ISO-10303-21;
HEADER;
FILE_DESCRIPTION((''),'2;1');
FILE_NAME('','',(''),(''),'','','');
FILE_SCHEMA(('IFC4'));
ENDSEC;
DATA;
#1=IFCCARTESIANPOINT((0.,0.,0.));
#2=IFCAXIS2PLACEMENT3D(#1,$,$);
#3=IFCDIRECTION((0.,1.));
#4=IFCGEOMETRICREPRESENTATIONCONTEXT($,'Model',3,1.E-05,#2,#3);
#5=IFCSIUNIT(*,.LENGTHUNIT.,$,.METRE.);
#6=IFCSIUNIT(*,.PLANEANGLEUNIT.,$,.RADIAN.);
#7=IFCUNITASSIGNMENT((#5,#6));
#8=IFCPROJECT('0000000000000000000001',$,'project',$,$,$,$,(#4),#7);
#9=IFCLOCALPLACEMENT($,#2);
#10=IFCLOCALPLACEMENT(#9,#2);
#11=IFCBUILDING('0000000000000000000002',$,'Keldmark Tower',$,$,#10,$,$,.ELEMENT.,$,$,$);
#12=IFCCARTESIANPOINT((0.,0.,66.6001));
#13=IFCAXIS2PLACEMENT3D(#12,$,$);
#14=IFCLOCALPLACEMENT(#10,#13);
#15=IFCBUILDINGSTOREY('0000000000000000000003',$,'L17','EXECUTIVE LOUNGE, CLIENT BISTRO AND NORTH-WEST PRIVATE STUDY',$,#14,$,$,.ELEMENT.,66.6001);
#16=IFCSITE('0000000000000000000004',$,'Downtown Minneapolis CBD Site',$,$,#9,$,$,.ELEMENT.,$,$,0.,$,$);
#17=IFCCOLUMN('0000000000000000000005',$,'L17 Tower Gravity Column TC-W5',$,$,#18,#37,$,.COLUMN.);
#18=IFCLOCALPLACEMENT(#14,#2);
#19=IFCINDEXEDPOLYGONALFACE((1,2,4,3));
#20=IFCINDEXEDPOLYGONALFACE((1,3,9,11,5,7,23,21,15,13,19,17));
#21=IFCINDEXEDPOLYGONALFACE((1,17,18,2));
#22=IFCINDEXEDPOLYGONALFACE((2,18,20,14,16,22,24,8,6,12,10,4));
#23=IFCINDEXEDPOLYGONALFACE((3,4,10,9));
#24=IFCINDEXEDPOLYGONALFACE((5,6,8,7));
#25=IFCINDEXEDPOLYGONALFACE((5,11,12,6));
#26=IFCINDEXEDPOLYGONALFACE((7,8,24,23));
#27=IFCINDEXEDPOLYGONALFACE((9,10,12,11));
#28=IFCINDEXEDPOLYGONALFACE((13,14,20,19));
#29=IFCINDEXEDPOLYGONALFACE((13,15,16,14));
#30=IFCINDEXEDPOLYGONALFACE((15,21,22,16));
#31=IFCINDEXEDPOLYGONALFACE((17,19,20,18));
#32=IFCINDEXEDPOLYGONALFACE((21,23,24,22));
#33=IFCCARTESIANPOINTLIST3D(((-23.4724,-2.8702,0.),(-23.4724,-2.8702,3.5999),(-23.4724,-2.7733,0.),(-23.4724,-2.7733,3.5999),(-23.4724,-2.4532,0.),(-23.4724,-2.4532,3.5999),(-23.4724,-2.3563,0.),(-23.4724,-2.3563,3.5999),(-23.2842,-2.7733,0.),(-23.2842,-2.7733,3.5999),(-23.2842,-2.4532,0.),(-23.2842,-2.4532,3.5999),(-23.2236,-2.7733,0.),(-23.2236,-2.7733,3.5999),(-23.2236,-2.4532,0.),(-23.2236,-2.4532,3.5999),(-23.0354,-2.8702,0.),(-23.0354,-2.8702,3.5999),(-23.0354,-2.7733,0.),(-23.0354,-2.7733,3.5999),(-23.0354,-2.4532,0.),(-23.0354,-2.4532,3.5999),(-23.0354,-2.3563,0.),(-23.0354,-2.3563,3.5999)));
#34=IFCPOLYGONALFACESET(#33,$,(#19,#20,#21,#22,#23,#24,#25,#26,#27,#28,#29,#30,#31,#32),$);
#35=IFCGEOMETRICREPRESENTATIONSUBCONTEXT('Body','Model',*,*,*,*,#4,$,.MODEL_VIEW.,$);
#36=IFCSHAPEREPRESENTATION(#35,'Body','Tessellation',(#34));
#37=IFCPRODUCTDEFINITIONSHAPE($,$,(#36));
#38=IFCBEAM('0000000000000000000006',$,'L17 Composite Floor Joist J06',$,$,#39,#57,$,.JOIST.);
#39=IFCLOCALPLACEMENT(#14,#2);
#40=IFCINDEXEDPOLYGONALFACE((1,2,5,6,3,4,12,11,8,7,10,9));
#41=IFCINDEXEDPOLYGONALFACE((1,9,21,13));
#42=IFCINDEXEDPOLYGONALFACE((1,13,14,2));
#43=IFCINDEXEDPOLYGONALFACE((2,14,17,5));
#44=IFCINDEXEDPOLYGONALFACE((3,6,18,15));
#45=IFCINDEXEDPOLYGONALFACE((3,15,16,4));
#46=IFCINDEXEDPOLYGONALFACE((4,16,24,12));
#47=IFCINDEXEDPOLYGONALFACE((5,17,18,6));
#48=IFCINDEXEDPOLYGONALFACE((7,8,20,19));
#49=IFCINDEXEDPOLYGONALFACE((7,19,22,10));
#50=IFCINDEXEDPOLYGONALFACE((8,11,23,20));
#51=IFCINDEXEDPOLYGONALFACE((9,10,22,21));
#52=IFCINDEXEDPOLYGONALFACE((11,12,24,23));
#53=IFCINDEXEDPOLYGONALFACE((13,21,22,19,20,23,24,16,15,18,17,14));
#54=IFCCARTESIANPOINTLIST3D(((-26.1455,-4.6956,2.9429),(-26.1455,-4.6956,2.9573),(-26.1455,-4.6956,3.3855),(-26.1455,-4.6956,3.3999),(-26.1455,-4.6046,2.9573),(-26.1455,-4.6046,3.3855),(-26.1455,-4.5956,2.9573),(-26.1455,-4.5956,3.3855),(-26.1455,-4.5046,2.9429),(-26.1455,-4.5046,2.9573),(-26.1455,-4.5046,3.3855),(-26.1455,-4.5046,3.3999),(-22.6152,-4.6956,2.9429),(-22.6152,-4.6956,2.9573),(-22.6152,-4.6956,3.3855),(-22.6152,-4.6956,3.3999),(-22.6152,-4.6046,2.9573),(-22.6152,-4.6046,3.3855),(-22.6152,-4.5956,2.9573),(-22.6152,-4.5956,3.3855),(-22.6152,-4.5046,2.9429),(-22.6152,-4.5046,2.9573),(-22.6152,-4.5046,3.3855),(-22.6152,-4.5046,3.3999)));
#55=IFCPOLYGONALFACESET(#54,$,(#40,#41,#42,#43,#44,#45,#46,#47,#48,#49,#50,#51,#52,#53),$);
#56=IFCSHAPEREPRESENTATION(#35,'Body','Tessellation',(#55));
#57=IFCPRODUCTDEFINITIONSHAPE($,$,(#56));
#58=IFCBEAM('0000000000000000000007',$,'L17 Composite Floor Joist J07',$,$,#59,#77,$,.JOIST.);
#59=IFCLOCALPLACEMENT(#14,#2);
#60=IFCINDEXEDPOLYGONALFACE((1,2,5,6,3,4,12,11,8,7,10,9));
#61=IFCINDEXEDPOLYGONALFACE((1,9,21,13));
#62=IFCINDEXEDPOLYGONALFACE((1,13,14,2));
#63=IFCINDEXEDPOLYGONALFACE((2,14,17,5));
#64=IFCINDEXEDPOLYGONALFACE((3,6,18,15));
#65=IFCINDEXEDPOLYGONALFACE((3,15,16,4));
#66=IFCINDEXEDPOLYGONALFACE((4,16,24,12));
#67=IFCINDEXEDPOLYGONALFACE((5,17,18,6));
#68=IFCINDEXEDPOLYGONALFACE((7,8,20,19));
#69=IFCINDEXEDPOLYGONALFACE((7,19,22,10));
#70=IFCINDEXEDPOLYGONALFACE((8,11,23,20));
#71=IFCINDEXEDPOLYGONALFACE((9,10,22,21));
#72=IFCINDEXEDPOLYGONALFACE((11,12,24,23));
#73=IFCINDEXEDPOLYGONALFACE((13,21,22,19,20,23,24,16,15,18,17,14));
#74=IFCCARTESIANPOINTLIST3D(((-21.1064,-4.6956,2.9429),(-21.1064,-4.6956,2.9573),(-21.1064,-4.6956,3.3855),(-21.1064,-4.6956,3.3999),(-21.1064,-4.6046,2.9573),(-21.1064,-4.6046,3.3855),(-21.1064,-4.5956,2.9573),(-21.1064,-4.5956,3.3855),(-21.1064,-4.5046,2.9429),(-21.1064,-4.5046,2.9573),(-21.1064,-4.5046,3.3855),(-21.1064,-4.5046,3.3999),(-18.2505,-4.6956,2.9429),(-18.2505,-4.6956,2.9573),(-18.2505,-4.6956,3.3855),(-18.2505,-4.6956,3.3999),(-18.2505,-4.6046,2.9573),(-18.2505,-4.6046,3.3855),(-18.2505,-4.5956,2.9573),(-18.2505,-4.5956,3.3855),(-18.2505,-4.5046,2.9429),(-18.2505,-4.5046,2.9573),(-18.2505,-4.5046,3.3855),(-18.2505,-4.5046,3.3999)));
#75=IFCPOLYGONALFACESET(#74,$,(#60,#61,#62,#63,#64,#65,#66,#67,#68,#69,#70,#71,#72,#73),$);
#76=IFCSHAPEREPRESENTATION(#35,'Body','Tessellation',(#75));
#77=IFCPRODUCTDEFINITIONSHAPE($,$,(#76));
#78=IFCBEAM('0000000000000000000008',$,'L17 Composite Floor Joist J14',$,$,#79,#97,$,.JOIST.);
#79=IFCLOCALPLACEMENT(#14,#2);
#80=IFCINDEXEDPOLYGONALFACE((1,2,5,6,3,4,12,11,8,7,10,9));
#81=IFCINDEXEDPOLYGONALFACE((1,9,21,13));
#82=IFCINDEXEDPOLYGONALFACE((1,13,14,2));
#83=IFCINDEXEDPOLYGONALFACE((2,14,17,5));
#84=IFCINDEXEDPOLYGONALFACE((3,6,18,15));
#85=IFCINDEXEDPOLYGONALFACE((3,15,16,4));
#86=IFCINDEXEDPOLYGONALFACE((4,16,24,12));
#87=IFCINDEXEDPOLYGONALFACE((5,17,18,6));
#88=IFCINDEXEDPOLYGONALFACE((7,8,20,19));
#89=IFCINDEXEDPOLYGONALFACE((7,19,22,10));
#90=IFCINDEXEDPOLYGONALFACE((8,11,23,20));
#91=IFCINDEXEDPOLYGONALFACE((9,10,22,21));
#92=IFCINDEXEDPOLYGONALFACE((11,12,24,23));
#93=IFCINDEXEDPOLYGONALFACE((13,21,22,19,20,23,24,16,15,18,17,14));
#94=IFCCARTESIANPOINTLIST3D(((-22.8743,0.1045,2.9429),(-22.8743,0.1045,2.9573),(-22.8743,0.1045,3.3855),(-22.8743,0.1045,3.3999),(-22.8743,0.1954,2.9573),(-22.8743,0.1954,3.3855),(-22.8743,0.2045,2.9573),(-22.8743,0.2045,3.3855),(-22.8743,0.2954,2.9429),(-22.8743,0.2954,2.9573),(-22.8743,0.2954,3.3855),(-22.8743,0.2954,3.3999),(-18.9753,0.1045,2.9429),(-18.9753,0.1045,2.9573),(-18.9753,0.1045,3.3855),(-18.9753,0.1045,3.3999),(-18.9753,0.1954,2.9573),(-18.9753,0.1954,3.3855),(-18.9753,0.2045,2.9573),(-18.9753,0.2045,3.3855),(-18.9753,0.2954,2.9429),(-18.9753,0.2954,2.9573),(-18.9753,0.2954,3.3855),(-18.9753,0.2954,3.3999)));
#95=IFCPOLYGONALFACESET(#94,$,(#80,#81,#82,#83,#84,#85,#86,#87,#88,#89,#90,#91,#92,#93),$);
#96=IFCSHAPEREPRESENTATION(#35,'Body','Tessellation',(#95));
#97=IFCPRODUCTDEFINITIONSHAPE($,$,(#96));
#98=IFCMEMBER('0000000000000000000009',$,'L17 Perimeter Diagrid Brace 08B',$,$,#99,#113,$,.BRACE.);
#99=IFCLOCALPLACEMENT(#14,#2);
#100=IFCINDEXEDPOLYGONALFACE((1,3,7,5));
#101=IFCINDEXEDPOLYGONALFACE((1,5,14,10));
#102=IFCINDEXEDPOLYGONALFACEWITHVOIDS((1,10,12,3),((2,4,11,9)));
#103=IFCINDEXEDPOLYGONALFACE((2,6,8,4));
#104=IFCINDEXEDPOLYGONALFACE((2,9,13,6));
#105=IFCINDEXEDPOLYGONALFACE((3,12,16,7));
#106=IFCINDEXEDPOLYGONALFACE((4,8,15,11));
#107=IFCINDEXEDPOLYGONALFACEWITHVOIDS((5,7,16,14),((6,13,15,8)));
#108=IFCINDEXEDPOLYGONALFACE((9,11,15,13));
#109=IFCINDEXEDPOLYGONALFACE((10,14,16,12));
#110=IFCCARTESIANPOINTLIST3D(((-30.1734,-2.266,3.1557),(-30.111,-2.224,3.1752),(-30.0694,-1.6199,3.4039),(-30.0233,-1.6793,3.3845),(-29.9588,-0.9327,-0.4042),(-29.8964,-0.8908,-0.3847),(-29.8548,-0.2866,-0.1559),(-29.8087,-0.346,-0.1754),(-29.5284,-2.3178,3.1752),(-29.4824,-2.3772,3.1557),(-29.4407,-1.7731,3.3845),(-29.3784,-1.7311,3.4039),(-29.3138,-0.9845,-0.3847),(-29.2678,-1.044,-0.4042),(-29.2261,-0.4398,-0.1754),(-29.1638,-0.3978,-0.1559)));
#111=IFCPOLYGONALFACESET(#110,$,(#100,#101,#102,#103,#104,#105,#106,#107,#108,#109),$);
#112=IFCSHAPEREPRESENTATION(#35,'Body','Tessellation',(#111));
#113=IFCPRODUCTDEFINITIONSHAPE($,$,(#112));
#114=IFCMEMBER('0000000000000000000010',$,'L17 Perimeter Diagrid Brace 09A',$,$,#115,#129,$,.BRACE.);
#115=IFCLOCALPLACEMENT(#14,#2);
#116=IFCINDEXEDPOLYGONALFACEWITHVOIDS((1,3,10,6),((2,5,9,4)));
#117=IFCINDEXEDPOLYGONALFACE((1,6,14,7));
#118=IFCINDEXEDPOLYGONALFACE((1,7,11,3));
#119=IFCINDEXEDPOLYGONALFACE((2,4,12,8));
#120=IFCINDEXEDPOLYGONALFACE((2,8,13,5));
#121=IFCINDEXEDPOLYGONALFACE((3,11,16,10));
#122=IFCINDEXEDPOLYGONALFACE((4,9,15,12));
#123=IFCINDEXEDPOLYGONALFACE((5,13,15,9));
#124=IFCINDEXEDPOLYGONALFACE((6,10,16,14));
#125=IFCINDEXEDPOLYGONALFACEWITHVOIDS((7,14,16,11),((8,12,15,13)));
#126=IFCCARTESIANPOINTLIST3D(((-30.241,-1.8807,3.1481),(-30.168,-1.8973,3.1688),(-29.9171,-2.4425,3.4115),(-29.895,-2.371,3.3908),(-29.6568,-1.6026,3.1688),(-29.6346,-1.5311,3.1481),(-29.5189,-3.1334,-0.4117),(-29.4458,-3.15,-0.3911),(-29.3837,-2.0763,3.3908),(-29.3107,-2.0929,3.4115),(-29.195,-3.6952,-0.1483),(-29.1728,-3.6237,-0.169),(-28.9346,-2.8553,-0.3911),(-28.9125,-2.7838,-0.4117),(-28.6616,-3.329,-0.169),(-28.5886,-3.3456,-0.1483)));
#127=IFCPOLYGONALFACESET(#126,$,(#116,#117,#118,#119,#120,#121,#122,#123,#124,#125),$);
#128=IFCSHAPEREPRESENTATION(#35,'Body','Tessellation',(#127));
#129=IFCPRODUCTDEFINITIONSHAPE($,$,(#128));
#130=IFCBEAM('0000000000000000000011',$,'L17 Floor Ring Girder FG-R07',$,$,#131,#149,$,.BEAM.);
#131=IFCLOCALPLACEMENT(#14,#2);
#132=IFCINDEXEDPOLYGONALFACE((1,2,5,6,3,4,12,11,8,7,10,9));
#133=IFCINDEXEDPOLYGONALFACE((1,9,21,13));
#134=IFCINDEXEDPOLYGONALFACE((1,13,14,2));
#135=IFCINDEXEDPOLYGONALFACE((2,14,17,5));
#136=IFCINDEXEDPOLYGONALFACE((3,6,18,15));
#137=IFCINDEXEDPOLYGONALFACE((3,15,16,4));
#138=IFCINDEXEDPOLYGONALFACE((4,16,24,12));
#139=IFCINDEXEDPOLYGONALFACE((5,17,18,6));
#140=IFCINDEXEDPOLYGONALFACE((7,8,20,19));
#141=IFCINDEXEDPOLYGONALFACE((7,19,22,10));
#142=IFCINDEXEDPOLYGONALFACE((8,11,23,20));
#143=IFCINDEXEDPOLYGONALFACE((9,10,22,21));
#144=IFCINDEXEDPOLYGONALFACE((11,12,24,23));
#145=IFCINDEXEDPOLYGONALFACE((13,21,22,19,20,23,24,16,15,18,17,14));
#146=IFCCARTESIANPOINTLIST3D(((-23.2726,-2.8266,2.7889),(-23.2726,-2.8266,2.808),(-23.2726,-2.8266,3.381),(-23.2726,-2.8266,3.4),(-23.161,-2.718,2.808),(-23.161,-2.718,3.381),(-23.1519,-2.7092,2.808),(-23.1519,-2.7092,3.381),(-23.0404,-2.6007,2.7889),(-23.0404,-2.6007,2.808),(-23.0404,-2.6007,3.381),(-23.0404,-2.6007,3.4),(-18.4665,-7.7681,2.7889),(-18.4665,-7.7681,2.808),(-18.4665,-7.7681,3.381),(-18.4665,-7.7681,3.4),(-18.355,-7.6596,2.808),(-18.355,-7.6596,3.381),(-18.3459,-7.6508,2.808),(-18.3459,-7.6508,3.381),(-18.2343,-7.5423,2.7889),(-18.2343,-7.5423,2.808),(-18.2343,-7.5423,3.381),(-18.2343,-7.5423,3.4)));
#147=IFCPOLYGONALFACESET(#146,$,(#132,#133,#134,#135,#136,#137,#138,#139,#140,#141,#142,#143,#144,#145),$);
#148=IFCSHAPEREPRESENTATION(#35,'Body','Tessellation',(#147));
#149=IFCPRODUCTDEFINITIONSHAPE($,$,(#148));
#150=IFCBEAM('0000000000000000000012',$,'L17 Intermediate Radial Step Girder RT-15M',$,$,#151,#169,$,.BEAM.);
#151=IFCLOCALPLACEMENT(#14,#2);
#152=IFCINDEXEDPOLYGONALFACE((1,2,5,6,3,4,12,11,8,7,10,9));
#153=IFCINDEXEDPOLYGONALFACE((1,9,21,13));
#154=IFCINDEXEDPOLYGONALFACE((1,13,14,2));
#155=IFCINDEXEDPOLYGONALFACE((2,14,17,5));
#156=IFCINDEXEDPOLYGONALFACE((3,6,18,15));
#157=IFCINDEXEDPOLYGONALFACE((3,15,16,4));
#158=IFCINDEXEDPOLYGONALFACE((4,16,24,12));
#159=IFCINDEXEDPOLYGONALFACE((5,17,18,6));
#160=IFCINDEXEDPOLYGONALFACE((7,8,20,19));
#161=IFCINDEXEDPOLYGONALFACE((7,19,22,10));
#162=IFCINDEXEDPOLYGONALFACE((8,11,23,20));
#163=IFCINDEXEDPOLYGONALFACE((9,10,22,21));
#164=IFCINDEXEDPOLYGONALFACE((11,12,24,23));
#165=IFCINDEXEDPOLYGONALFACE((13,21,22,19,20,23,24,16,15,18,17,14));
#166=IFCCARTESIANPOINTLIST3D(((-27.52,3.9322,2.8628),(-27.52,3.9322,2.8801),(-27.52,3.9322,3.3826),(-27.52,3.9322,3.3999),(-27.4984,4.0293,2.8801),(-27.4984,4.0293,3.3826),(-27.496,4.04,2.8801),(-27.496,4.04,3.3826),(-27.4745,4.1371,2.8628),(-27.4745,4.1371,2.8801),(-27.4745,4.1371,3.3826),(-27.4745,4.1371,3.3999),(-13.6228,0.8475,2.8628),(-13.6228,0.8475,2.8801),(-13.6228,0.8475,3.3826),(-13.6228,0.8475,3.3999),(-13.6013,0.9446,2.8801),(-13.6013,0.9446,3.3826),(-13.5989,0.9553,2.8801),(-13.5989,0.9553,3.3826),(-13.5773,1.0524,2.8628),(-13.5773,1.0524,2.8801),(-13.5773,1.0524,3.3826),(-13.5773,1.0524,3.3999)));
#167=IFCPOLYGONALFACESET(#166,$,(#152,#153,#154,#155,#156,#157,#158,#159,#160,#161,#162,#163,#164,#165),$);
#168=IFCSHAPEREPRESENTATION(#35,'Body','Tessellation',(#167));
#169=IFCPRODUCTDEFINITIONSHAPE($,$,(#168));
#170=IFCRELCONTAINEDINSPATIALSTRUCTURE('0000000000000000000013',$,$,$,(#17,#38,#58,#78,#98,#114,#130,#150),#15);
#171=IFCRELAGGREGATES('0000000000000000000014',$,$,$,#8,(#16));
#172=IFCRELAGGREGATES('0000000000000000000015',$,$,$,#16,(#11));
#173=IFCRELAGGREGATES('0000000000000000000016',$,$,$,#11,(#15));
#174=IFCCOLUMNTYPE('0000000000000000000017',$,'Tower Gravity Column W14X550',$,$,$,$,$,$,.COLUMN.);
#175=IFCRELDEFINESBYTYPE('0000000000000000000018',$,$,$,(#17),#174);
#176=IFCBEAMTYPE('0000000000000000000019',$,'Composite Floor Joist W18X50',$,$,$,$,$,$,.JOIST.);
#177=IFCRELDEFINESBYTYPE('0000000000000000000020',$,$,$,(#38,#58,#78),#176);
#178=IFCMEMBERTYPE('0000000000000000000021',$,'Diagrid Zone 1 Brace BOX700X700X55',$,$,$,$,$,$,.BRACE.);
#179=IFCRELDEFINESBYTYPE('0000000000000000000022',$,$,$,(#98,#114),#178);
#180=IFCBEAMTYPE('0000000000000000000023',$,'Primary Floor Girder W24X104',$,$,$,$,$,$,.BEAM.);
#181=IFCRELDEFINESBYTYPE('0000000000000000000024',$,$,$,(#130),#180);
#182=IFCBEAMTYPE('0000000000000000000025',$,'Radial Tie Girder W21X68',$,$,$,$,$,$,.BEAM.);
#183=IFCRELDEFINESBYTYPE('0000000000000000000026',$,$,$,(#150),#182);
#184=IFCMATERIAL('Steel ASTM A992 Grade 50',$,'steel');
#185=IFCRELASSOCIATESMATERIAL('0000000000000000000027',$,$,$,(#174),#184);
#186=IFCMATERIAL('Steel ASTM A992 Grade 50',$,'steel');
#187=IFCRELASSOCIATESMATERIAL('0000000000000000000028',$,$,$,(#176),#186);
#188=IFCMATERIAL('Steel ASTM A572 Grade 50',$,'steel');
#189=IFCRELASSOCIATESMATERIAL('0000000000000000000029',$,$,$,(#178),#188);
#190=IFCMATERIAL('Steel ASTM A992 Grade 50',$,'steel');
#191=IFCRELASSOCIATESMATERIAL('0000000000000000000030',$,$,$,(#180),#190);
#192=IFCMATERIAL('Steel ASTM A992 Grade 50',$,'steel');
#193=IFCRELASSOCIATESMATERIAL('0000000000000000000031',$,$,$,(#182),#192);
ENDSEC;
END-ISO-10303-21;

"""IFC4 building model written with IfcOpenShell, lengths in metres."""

from ifc_helpers import new_model, si_unit, direction, frame, origin, origin_2d, place, context, subcontext, project, spatial, hollow_rectangle, i_section, extrude, material, material_profile, profile_set, type_object, element, save


model = new_model("IFC4")

# Units and contexts
model_context = context("Model", 3, precision=1e-05, world=origin(), true_north=direction((0.0, 1.0)))
body_context = subcontext(model_context, "Body", "Model", "MODEL_VIEW")
ifc_project = project(units=[si_unit("LENGTHUNIT", "METRE"), si_unit("PLANEANGLEUNIT", "RADIAN")], contexts=[model_context])

# Site, building, storey
site_placement = place(None, origin())
site = spatial("IfcSite", under=ifc_project, at=site_placement, Name="Downtown Minneapolis CBD Site", CompositionType="ELEMENT", RefElevation=0.0)
building_placement = place(site_placement, origin())
building = spatial("IfcBuilding", under=site, at=building_placement, Name="Keldmark Tower", CompositionType="ELEMENT")
storey_placement = place(building_placement, frame((0.0, 0.0, 66.6001)))
storey = spatial("IfcBuildingStorey", under=building, at=storey_placement, Name="L17", Description="EXECUTIVE LOUNGE, CLIENT BISTRO AND NORTH-WEST PRIVATE STUDY", CompositionType="ELEMENT", Elevation=66.6001)

# Column
ifc_material_1 = material(Name="Steel ASTM A992 Grade 50", Category="steel")
ifc_material_profile_1 = material_profile(ifc_material_1, i_section(OverallWidth=0.437, OverallDepth=0.5139, WebThickness=0.0605, FlangeThickness=0.0969, at=origin_2d()), Name="W14X550")
ifc_profile_set_1 = profile_set([ifc_material_profile_1], Name="Steel ASTM A992 Grade 50")
column_type = type_object("IfcColumnType", Name="Tower Gravity Column W14X550", PredefinedType="COLUMN", material=ifc_profile_set_1)
column_placement = place(storey_placement, frame((-23.2539, -2.6133, 0.0), z_axis=(0.0, 0.0, 1.0), x_axis=(1.0, 0.0, 0.0)))
element("IfcColumn", 1, at=column_placement, inside=storey, type_object=column_type, Name="L17 Tower Gravity Column TC-W5", PredefinedType="COLUMN", context=body_context, shape_type="SweptSolid", body=[
    extrude(i_section(OverallWidth=0.437, OverallDepth=0.5139, WebThickness=0.0605, FlangeThickness=0.0969, at=origin_2d()), origin(), (0.0, 0.0, 1.0), 3.5999),
])

# Beams
ifc_material_2 = material(Name="Steel ASTM A992 Grade 50", Category="steel")
ifc_material_profile_2 = material_profile(ifc_material_2, i_section(OverallWidth=0.1909, OverallDepth=0.457, WebThickness=0.009, FlangeThickness=0.0144, at=origin_2d()), Name="W18X50")
ifc_profile_set_2 = profile_set([ifc_material_profile_2], Name="Steel ASTM A992 Grade 50")
beam_type_1 = type_object("IfcBeamType", Name="Composite Floor Joist W18X50", PredefinedType="JOIST", material=ifc_profile_set_2)
beam_1_placement = place(storey_placement, frame((-26.1455, -4.6001, 3.1714), z_axis=(1.0, 0.0, 0.0), x_axis=(0.0, 1.0, 0.0)))
element("IfcBeam", 2, at=beam_1_placement, inside=storey, type_object=beam_type_1, Name="L17 Composite Floor Joist J06", PredefinedType="JOIST", context=body_context, shape_type="SweptSolid", body=[
    extrude(i_section(OverallWidth=0.1909, OverallDepth=0.457, WebThickness=0.009, FlangeThickness=0.0144, at=origin_2d()), origin(), (0.0, 0.0, 1.0), 3.5303),
])
beam_2_placement = place(storey_placement, frame((-21.1064, -4.6001, 3.1714), z_axis=(1.0, 0.0, 0.0), x_axis=(0.0, 1.0, 0.0)))
element("IfcBeam", 3, at=beam_2_placement, inside=storey, type_object=beam_type_1, Name="L17 Composite Floor Joist J07", PredefinedType="JOIST", context=body_context, shape_type="SweptSolid", body=[
    extrude(i_section(OverallWidth=0.1909, OverallDepth=0.457, WebThickness=0.009, FlangeThickness=0.0144, at=origin_2d()), origin(), (0.0, 0.0, 1.0), 2.856),
])
beam_3_placement = place(storey_placement, frame((-22.8743, 0.2, 3.1714), z_axis=(1.0, 0.0, 0.0), x_axis=(0.0, 1.0, 0.0)))
element("IfcBeam", 4, at=beam_3_placement, inside=storey, type_object=beam_type_1, Name="L17 Composite Floor Joist J14", PredefinedType="JOIST", context=body_context, shape_type="SweptSolid", body=[
    extrude(i_section(OverallWidth=0.1909, OverallDepth=0.457, WebThickness=0.009, FlangeThickness=0.0144, at=origin_2d()), origin(), (0.0, 0.0, 1.0), 3.8989),
])

# Members
ifc_material_3 = material(Name="Steel ASTM A572 Grade 50", Category="steel")
ifc_material_profile_3 = material_profile(ifc_material_3, hollow_rectangle(XDim=0.7, YDim=0.7, WallThickness=0.0549, at=origin_2d()), Name="BOX700X700X55")
ifc_profile_set_3 = profile_set([ifc_material_profile_3], Name="Steel ASTM A572 Grade 50")
member_type = type_object("IfcMemberType", Name="Diagrid Zone 1 Brace BOX700X700X55", PredefinedType="BRACE", material=ifc_profile_set_3)
member_1_placement = place(storey_placement, frame((-29.5613, -0.6653, -0.28), z_axis=(-0.056365, -0.350179, 0.934986), x_axis=(0.987292, -0.158914, 0.0)))
element("IfcMember", 5, at=member_1_placement, inside=storey, type_object=member_type, Name="L17 Perimeter Diagrid Brace 08B", PredefinedType="BRACE", context=body_context, shape_type="SweptSolid", body=[
    extrude(hollow_rectangle(XDim=0.7, YDim=0.7, WallThickness=0.0549, at=origin_2d()), origin(), (0.0, 0.0, 1.0), 3.8074),
])
member_2_placement = place(storey_placement, frame((-29.0537, -3.2395, -0.28), z_axis=(-0.187954, 0.326028, 0.926488), x_axis=(-0.866346, -0.499445, 0.0)))
element("IfcMember", 6, at=member_2_placement, inside=storey, type_object=member_type, Name="L17 Perimeter Diagrid Brace 09A", PredefinedType="BRACE", context=body_context, shape_type="SweptSolid", body=[
    extrude(hollow_rectangle(XDim=0.7, YDim=0.7, WallThickness=0.0549, at=origin_2d()), origin(), (0.0, 0.0, 1.0), 3.8423),
])

# Beams
ifc_material_4 = material(Name="Steel ASTM A992 Grade 50", Category="steel")
ifc_material_profile_4 = material_profile(ifc_material_4, i_section(OverallWidth=0.324, OverallDepth=0.6111, WebThickness=0.0127, FlangeThickness=0.019, at=origin_2d()), Name="W24X104")
ifc_profile_set_4 = profile_set([ifc_material_profile_4], Name="Steel ASTM A992 Grade 50")
beam_type_2 = type_object("IfcBeamType", Name="Primary Floor Girder W24X104", PredefinedType="BEAM", material=ifc_profile_set_4)
beam_4_placement = place(storey_placement, frame((-23.1565, -2.7136, 3.0945), z_axis=(0.69721, -0.716867, 0.0), x_axis=(0.716867, 0.69721, 0.0)))
element("IfcBeam", 7, at=beam_4_placement, inside=storey, type_object=beam_type_2, Name="L17 Floor Ring Girder FG-R07", PredefinedType="BEAM", context=body_context, shape_type="SweptSolid", body=[
    extrude(i_section(OverallWidth=0.324, OverallDepth=0.6111, WebThickness=0.0127, FlangeThickness=0.019, at=origin_2d()), origin(), (0.0, 0.0, 1.0), 6.8933),
])
ifc_material_5 = material(Name="Steel ASTM A992 Grade 50", Category="steel")
ifc_material_profile_5 = material_profile(ifc_material_5, i_section(OverallWidth=0.21, OverallDepth=0.5371, WebThickness=0.011, FlangeThickness=0.0173, at=origin_2d()), Name="W21X68")
ifc_profile_set_5 = profile_set([ifc_material_profile_5], Name="Steel ASTM A992 Grade 50")
beam_type_3 = type_object("IfcBeamType", Name="Radial Tie Girder W21X68", PredefinedType="BEAM", material=ifc_profile_set_5)
beam_5_placement = place(storey_placement, frame((-13.6001, 0.95, 3.1313), z_axis=(-0.97624, 0.216693, 0.0), x_axis=(-0.216693, -0.97624, 0.0)))
element("IfcBeam", 8, at=beam_5_placement, inside=storey, type_object=beam_type_3, Name="L17 Intermediate Radial Step Girder RT-15M", PredefinedType="BEAM", context=body_context, shape_type="SweptSolid", body=[
    extrude(i_section(OverallWidth=0.21, OverallDepth=0.5371, WebThickness=0.011, FlangeThickness=0.0173, at=origin_2d()), origin(), (0.0, 0.0, 1.0), 14.2354),
])

save(model, "model.ifc")
